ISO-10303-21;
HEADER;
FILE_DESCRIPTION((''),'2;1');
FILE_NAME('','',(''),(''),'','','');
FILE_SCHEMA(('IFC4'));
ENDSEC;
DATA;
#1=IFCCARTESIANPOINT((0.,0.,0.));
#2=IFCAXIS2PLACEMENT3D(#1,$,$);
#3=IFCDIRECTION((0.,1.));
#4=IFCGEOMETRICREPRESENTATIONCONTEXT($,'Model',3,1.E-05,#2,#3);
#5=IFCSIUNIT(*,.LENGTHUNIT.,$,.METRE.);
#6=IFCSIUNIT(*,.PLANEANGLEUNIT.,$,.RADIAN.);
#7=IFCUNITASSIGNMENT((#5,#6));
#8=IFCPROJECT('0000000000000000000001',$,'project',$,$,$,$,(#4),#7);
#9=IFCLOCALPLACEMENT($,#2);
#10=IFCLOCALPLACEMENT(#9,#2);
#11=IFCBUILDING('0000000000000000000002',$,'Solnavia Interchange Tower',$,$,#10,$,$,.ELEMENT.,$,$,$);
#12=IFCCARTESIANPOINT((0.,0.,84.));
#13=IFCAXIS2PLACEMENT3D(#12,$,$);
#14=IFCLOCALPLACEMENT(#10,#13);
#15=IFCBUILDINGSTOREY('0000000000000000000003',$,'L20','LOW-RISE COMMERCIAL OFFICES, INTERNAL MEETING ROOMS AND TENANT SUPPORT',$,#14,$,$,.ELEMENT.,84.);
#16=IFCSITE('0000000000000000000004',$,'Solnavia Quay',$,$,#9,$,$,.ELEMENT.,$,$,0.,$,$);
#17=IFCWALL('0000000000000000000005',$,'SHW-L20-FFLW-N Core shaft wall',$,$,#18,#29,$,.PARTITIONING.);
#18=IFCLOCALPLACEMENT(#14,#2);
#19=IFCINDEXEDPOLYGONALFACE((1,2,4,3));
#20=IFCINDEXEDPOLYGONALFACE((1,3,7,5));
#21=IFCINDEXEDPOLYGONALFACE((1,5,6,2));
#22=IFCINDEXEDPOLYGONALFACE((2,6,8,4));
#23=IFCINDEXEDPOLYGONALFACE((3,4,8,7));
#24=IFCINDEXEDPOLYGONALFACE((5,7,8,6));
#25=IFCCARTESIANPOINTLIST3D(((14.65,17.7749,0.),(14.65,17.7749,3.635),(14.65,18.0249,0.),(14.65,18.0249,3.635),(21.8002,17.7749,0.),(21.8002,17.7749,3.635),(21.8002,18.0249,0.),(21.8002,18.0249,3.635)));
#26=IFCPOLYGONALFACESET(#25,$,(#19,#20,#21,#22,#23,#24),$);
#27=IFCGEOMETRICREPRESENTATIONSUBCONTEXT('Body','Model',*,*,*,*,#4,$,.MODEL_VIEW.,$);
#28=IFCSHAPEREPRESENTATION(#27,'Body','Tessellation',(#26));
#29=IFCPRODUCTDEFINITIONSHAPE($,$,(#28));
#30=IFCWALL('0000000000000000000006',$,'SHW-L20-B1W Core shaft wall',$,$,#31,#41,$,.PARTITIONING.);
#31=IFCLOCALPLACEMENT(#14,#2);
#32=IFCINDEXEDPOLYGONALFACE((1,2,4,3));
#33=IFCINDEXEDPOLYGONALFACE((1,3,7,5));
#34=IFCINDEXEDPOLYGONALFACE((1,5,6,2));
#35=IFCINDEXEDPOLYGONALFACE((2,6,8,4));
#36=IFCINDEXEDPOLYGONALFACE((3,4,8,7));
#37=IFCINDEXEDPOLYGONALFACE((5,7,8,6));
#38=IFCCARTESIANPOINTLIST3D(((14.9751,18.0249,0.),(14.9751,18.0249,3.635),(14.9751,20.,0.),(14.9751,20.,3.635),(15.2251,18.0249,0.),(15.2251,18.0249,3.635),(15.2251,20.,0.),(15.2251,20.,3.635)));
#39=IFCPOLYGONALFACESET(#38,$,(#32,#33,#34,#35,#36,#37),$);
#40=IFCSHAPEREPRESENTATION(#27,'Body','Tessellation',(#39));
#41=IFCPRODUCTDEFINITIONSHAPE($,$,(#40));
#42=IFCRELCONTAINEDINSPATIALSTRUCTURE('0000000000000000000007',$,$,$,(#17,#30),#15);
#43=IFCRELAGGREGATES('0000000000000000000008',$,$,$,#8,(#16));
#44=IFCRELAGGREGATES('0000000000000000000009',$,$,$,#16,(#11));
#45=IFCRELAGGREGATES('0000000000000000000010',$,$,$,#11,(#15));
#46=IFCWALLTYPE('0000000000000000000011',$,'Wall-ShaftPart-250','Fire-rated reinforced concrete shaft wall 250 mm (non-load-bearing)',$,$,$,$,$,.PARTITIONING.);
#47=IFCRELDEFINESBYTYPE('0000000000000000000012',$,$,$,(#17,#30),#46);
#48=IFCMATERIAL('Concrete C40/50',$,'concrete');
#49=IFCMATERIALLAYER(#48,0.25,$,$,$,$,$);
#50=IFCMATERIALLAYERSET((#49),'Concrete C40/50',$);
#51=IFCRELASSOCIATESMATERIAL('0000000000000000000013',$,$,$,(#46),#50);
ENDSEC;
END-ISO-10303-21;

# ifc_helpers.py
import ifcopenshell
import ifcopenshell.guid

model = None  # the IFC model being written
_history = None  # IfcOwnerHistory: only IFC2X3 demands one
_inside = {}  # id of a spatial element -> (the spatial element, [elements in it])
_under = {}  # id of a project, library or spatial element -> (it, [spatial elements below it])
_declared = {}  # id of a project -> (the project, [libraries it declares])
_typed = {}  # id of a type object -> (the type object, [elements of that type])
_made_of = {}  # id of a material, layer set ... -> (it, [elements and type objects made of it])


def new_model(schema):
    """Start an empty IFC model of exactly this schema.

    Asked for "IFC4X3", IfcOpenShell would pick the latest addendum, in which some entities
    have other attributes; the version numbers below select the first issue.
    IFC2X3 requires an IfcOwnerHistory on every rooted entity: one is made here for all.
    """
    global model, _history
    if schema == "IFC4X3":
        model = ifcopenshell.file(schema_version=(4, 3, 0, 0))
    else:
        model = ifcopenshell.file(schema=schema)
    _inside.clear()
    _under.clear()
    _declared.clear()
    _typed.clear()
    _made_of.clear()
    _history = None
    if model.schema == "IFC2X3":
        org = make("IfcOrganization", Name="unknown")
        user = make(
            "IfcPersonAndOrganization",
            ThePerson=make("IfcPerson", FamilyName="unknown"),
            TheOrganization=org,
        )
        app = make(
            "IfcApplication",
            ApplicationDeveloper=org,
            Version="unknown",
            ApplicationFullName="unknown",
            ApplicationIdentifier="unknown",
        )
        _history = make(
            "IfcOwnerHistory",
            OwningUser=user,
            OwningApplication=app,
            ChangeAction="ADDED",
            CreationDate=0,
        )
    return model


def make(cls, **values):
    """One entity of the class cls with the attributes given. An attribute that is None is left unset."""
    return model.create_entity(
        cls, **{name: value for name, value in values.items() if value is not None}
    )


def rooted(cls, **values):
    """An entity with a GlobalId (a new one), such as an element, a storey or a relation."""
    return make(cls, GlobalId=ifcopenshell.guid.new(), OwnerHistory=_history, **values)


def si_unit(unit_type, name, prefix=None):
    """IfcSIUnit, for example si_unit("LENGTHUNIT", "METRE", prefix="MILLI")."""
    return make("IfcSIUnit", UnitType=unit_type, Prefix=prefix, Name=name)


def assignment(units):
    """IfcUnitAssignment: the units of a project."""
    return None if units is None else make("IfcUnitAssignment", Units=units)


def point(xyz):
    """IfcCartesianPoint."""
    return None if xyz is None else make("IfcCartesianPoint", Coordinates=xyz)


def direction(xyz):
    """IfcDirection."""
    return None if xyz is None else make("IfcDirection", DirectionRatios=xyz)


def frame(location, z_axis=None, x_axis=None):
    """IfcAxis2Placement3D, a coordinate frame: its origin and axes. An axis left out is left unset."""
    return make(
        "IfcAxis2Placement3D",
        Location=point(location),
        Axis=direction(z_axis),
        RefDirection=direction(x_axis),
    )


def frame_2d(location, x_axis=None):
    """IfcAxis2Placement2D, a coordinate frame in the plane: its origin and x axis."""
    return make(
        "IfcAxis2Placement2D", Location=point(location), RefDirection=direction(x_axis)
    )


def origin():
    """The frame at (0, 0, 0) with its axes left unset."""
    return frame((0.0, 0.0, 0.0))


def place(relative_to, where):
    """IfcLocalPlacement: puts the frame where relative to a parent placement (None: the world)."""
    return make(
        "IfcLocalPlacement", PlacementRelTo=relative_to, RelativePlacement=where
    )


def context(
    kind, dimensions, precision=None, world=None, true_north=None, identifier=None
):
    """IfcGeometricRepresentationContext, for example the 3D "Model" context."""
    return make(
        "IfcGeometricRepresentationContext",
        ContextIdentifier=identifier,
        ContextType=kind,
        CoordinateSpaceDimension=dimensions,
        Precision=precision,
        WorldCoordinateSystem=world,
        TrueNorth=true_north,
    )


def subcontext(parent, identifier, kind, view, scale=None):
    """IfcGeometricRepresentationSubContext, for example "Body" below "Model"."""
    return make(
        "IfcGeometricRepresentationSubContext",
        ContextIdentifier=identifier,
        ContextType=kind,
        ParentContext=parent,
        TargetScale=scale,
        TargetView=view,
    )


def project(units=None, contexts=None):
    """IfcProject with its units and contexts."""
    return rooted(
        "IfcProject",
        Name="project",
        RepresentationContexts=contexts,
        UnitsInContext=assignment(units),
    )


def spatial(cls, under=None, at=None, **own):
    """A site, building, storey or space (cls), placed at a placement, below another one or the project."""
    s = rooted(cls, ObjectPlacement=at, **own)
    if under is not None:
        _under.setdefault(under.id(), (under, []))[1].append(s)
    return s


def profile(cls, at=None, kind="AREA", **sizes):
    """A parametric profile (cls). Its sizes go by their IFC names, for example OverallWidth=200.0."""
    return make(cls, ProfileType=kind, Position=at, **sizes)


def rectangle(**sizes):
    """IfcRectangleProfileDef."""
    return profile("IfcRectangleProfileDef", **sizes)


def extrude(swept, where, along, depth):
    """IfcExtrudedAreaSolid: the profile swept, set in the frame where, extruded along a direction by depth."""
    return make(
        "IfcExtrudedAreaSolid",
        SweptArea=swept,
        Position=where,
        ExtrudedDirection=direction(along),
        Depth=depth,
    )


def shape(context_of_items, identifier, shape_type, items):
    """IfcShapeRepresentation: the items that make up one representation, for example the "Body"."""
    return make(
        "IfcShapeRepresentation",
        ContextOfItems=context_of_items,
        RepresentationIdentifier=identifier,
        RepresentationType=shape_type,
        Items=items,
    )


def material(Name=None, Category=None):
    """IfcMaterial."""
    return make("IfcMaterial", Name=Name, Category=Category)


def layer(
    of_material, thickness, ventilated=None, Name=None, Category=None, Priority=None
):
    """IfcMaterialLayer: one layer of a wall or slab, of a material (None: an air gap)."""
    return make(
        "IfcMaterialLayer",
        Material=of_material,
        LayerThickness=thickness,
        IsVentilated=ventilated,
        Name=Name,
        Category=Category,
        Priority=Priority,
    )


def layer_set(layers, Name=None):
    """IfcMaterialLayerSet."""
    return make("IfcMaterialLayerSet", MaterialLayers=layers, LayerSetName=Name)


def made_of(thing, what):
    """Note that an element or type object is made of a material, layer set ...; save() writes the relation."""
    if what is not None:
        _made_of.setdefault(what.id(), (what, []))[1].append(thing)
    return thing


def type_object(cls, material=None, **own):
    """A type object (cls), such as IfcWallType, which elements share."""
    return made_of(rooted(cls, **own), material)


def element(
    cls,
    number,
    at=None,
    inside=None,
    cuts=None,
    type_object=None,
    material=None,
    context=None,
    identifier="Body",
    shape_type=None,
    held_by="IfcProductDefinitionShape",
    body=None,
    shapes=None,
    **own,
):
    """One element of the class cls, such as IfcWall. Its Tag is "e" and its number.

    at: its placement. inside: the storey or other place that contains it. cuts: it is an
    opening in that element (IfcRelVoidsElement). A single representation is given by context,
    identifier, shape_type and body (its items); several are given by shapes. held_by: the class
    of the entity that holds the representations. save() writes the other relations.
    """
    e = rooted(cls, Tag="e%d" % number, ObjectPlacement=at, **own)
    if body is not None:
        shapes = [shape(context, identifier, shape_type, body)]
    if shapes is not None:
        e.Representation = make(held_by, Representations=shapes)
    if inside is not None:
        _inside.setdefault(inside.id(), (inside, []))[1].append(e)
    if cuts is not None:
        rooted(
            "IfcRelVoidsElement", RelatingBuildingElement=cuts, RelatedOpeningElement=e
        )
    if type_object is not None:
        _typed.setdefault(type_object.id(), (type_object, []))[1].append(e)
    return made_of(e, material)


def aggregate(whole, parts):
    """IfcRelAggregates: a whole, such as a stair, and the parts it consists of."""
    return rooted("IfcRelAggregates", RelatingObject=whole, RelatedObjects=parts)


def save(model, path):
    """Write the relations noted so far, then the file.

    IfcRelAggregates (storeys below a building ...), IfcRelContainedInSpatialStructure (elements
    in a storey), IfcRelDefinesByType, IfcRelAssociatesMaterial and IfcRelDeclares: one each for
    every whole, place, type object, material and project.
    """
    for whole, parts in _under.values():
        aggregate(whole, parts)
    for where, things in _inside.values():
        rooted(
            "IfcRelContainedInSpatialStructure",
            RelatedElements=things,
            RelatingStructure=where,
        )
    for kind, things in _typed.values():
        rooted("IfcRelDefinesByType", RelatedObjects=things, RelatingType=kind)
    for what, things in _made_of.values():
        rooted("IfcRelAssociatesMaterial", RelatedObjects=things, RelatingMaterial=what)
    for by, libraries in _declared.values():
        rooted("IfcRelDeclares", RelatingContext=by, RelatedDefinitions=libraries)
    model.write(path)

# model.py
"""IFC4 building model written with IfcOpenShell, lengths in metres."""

from ifc_helpers import new_model, si_unit, direction, frame, frame_2d, origin, place, context, subcontext, project, spatial, rectangle, extrude, material, layer, layer_set, type_object, element, save


model = new_model("IFC4")

# Units and contexts
model_context = context("Model", 3, precision=1e-05, world=origin(), true_north=direction((0.0, 1.0)))
body_context = subcontext(model_context, "Body", "Model", "MODEL_VIEW")
ifc_project = project(units=[si_unit("LENGTHUNIT", "METRE"), si_unit("PLANEANGLEUNIT", "RADIAN")], contexts=[model_context])

# Site, building, storey
site_placement = place(None, origin())
site = spatial("IfcSite", under=ifc_project, at=site_placement, Name="Solnavia Quay", CompositionType="ELEMENT", RefElevation=0.0)
building_placement = place(site_placement, origin())
building = spatial("IfcBuilding", under=site, at=building_placement, Name="Solnavia Interchange Tower", CompositionType="ELEMENT")
storey_placement = place(building_placement, frame((0.0, 0.0, 84.0)))
storey = spatial("IfcBuildingStorey", under=building, at=storey_placement, Name="L20", Description="LOW-RISE COMMERCIAL OFFICES, INTERNAL MEETING ROOMS AND TENANT SUPPORT", CompositionType="ELEMENT", Elevation=84.0)

# Shared definitions
ifc_material_1 = material(Name="Concrete C40/50", Category="concrete")

# Walls
ifc_layer_1 = layer(ifc_material_1, 0.25)
ifc_layer_set_1 = layer_set([ifc_layer_1], Name="Concrete C40/50")
wall_type_1 = type_object("IfcWallType", Name="Wall-ShaftPart-250", Description="Fire-rated reinforced concrete shaft wall 250 mm (non-load-bearing)", PredefinedType="PARTITIONING", material=ifc_layer_set_1)
wall_1_placement = place(storey_placement, frame((14.6499, 17.8999, 0.0), z_axis=(0.0, 0.0, 1.0), x_axis=(1.0, 0.0, 0.0)))
element("IfcWall", 1, at=wall_1_placement, inside=storey, type_object=wall_type_1, Name="SHW-L20-FFLW-N Core shaft wall", PredefinedType="PARTITIONING", context=body_context, shape_type="SweptSolid", body=[
    extrude(rectangle(XDim=7.1501, YDim=0.25, at=frame_2d((3.5752, 0.0))), origin(), (0.0, 0.0, 1.0), 3.635),
])
wall_2_placement = place(storey_placement, frame((15.1001, 18.0249, 0.0), z_axis=(0.0, 0.0, 1.0), x_axis=(0.0, 1.0, 0.0)))
element("IfcWall", 2, at=wall_2_placement, inside=storey, type_object=wall_type_1, Name="SHW-L20-B1W Core shaft wall", PredefinedType="PARTITIONING", context=body_context, shape_type="SweptSolid", body=[
    extrude(rectangle(XDim=1.9751, YDim=0.25, at=frame_2d((0.9875, 0.0))), origin(), (0.0, 0.0, 1.0), 3.635),
])

save(model, "model.ifc")
